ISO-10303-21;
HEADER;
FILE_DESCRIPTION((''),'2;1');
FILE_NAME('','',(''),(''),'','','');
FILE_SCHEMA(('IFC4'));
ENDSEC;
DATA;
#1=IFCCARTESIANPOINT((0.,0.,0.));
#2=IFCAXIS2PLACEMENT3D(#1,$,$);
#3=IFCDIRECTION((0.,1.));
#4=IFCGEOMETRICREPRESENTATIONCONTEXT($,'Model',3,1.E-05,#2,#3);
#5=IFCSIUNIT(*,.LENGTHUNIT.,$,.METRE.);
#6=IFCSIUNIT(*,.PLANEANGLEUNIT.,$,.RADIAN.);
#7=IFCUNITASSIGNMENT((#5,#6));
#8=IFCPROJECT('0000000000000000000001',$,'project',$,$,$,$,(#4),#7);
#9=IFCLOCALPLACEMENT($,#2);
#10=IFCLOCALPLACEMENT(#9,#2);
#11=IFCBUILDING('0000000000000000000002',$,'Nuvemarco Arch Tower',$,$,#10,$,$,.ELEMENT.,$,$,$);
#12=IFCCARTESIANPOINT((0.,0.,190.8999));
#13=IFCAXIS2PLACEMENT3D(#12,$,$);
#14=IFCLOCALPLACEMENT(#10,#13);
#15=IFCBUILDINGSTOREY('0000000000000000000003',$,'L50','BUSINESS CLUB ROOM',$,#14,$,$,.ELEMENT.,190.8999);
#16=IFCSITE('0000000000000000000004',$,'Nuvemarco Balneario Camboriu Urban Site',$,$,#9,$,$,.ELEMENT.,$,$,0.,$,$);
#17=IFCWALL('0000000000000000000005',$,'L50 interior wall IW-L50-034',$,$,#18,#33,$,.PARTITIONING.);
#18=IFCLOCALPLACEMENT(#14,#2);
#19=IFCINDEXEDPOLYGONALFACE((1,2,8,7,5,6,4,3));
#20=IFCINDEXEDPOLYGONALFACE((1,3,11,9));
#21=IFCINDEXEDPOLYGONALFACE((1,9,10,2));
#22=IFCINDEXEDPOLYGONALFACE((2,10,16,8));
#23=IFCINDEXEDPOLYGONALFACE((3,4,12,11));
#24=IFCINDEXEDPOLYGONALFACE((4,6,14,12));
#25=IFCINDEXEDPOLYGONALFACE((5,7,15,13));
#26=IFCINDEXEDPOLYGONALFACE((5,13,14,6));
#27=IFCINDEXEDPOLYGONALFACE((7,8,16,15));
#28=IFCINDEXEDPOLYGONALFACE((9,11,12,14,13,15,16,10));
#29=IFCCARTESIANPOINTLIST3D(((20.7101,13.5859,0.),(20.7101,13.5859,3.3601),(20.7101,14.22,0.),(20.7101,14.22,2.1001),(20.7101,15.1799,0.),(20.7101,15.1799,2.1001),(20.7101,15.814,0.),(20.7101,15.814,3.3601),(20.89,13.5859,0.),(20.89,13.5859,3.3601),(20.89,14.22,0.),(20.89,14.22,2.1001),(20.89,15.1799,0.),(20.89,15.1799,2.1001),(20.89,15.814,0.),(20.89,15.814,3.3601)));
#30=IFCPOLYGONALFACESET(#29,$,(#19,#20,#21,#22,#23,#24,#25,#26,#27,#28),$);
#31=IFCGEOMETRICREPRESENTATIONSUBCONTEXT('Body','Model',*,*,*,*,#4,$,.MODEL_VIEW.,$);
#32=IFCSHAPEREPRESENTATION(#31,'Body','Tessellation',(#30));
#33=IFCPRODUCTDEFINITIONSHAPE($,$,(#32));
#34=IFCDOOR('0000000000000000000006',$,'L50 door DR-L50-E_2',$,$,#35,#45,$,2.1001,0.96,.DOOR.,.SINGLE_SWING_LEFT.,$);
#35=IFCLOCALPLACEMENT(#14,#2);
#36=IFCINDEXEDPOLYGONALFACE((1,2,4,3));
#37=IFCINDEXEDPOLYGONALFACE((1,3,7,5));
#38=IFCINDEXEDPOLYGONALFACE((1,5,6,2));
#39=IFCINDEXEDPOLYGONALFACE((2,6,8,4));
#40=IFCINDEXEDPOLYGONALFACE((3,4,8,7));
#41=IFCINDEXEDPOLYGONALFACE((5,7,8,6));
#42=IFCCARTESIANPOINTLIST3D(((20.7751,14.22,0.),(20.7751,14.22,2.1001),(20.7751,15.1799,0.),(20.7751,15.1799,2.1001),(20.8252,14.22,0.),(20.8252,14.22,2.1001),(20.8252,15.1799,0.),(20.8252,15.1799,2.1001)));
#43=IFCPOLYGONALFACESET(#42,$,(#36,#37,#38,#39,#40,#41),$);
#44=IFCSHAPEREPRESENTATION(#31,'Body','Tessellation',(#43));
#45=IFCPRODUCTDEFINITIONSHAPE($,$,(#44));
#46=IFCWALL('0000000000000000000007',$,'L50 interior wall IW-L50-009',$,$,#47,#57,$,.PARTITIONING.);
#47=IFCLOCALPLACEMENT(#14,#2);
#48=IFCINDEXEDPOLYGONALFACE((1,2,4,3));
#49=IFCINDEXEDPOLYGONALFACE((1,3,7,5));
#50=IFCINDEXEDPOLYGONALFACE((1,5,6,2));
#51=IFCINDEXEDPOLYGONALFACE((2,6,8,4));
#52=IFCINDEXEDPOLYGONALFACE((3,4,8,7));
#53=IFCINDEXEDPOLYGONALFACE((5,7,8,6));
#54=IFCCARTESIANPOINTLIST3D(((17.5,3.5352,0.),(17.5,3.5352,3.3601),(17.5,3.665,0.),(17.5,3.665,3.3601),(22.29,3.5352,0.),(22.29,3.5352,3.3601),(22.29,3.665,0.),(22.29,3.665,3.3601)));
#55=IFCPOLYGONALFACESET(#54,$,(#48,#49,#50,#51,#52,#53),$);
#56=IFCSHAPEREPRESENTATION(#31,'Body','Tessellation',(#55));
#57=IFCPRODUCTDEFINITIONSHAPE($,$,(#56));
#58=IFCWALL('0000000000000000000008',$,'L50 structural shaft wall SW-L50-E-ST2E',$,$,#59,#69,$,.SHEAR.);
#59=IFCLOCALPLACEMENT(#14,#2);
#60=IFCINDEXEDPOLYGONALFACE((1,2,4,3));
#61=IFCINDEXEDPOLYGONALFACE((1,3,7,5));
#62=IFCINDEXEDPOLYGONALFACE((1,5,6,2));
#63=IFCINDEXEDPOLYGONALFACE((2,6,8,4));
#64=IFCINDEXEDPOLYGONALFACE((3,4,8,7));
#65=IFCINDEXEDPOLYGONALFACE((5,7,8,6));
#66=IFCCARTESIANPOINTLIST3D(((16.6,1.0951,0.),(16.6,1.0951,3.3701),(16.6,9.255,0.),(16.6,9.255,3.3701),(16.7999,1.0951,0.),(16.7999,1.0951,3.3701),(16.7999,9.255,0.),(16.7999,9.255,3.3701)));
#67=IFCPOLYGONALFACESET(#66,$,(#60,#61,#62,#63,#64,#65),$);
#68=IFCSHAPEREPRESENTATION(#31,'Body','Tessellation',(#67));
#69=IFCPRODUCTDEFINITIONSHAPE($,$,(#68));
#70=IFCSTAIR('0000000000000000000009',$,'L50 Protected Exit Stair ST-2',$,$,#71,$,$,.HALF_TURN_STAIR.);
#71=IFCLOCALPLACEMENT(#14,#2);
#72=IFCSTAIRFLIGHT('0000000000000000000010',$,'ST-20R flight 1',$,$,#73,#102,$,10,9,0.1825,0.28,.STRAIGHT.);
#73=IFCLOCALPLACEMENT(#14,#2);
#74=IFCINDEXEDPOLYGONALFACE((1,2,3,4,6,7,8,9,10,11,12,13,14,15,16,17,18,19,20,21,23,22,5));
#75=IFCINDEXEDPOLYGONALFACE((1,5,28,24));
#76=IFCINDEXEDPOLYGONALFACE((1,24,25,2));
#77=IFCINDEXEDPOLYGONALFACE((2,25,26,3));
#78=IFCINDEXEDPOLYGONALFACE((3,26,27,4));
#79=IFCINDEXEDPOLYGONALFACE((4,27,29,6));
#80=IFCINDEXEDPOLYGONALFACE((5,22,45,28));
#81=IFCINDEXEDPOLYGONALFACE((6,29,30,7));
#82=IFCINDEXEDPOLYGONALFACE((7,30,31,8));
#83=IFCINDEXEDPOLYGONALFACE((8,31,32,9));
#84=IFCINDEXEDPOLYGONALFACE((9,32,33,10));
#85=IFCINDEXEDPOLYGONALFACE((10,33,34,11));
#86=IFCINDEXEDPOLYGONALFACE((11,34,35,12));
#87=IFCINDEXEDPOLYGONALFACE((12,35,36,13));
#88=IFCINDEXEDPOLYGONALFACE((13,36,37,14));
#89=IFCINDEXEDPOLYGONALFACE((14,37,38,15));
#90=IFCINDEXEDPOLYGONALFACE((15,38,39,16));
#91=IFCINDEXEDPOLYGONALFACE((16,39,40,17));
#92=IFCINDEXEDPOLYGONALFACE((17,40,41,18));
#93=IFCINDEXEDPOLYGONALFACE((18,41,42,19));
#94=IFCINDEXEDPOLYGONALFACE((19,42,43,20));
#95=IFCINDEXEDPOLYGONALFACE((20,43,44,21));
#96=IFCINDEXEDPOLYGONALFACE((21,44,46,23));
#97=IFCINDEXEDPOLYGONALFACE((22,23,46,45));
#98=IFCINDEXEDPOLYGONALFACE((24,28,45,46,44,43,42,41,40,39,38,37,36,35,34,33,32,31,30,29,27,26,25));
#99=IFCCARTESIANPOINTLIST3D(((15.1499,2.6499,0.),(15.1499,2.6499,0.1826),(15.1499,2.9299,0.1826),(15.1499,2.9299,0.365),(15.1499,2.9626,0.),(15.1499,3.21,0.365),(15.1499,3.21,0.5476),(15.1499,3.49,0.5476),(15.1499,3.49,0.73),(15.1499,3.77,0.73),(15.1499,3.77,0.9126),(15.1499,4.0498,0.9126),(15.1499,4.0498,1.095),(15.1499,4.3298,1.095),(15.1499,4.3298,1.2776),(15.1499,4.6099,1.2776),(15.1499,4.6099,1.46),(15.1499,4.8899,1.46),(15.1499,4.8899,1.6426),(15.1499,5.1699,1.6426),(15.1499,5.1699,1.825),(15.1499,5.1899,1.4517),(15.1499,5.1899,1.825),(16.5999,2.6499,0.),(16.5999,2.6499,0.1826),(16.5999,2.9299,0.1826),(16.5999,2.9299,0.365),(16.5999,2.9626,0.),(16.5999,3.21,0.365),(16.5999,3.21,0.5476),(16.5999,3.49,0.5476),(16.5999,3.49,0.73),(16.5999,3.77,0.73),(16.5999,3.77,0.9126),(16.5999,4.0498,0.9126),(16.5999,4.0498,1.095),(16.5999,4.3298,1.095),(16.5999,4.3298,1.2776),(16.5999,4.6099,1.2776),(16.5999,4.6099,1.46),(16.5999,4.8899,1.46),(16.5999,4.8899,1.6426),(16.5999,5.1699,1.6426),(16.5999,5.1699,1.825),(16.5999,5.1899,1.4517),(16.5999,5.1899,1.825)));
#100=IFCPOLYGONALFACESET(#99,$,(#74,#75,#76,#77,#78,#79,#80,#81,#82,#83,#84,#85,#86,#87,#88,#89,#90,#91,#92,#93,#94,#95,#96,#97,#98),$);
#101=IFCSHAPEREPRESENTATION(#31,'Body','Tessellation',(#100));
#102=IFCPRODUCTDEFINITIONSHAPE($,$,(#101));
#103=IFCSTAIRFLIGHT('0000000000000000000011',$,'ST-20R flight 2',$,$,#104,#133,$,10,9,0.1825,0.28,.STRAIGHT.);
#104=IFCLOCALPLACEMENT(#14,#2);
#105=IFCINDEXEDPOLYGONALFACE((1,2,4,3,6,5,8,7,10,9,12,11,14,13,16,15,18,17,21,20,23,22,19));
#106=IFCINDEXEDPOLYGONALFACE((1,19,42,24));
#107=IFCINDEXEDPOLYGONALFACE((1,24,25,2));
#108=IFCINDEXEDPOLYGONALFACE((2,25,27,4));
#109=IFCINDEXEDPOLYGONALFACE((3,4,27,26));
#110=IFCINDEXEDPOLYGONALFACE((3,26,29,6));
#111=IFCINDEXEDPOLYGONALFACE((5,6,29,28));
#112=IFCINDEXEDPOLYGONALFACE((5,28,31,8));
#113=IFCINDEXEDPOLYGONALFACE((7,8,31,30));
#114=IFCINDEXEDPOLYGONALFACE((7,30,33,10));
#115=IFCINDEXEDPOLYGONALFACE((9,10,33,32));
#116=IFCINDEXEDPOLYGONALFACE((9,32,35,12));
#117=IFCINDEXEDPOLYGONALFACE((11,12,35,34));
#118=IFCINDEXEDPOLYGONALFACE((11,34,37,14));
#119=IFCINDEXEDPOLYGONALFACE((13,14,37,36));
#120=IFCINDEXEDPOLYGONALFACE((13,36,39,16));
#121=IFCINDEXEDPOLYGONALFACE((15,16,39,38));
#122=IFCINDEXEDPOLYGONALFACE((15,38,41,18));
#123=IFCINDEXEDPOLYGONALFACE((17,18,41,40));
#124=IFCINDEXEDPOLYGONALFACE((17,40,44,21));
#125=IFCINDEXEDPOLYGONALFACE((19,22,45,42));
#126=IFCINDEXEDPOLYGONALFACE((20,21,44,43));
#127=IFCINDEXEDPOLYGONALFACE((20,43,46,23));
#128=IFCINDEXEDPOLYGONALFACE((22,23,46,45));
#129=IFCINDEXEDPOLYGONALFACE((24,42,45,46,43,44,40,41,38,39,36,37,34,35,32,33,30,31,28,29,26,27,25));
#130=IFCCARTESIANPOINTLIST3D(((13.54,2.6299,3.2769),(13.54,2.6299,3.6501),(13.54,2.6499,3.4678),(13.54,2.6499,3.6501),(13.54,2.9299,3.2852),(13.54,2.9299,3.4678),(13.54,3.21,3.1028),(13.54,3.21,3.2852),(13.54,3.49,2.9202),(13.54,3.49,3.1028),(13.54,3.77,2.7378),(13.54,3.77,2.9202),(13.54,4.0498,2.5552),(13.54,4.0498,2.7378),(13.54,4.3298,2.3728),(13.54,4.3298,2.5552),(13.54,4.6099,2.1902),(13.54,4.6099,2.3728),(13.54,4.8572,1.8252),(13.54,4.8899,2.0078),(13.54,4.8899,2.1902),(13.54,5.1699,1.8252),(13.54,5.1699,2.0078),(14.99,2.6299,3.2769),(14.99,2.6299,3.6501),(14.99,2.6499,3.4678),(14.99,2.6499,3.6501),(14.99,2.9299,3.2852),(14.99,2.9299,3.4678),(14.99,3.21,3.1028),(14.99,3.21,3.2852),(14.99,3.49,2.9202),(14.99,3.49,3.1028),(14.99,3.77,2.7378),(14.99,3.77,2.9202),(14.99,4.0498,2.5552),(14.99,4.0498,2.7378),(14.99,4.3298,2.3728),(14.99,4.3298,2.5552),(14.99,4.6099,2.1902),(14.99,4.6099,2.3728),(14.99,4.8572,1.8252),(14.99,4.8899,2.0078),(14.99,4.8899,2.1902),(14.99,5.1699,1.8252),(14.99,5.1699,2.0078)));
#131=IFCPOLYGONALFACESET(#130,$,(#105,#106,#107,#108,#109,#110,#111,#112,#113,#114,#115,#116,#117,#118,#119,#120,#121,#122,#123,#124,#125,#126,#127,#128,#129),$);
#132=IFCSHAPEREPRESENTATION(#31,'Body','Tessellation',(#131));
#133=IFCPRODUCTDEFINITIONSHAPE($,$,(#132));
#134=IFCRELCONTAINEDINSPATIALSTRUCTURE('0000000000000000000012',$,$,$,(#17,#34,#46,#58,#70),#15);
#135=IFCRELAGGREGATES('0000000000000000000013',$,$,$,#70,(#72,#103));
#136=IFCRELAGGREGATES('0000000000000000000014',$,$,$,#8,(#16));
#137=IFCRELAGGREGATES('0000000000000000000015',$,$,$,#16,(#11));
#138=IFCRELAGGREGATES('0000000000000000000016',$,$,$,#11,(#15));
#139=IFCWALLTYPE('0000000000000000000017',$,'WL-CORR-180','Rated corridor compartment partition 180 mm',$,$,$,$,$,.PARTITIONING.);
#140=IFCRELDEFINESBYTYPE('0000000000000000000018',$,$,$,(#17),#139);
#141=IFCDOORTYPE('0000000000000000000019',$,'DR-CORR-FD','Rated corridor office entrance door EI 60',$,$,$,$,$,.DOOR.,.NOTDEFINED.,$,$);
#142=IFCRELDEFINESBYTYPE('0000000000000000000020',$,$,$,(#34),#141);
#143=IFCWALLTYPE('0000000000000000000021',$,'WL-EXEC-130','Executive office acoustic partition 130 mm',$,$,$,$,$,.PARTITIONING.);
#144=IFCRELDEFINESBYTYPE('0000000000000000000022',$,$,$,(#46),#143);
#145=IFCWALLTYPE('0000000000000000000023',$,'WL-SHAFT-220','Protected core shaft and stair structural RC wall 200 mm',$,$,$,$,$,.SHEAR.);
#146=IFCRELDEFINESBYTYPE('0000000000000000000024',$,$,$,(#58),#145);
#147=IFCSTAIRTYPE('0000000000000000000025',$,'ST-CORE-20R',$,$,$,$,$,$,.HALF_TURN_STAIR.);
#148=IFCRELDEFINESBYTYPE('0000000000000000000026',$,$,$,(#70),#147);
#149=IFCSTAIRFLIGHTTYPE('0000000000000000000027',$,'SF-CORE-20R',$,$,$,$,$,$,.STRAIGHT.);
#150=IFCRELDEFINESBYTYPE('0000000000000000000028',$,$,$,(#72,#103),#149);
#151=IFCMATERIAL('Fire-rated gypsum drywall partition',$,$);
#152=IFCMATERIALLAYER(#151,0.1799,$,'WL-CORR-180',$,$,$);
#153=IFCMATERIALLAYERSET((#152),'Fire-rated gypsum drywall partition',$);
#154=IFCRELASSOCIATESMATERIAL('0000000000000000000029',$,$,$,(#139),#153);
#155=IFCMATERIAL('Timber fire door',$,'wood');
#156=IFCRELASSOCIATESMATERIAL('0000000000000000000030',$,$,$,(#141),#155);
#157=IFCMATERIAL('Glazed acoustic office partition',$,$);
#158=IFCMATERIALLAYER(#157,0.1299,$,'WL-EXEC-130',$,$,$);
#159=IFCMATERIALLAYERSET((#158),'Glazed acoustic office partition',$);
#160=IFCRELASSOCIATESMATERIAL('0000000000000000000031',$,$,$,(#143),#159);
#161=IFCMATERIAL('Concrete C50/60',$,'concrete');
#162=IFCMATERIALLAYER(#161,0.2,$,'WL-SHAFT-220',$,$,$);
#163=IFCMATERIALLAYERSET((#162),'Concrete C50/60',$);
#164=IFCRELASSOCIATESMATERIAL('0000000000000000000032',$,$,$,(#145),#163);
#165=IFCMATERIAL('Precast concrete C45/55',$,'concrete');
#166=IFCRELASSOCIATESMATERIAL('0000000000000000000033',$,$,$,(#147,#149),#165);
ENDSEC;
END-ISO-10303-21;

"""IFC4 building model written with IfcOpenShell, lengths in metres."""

from ifc_helpers import new_model, si_unit, direction, frame, frame_2d, origin, place, context, subcontext, project, spatial, polyline, rectangle, outline, extrude, source, transform, mapped, material, layer, layer_set, type_object, type_shapes, element, fill, aggregate, save


model = new_model("IFC4")

# Units and contexts
model_context = context("Model", 3, precision=1e-05, world=origin(), true_north=direction((0.0, 1.0)))
body_context = subcontext(model_context, "Body", "Model", "MODEL_VIEW")
ifc_project = project(units=[si_unit("LENGTHUNIT", "METRE"), si_unit("PLANEANGLEUNIT", "RADIAN")], contexts=[model_context])

# Site, building, storey
site_placement = place(None, origin())
site = spatial("IfcSite", under=ifc_project, at=site_placement, Name="Nuvemarco Balneario Camboriu Urban Site", CompositionType="ELEMENT", RefElevation=0.0)
building_placement = place(site_placement, origin())
building = spatial("IfcBuilding", under=site, at=building_placement, Name="Nuvemarco Arch Tower", CompositionType="ELEMENT")
storey_placement = place(building_placement, frame((0.0, 0.0, 190.8999)))
storey = spatial("IfcBuildingStorey", under=building, at=storey_placement, Name="L50", Description="BUSINESS CLUB ROOM", CompositionType="ELEMENT", Elevation=190.8999)

# Shared definitions
ifc_material_1 = material(Name="Concrete C50/60", Category="concrete")

# Shared definitions
ifc_material_2 = material(Name="Precast concrete C45/55", Category="concrete")

# Shared definitions
ifc_material_3 = material(Name="Fire-rated gypsum drywall partition")
ifc_layer_1 = layer(ifc_material_3, 0.1799, Name="WL-CORR-180")
ifc_layer_set_1 = layer_set([ifc_layer_1], Name="Fire-rated gypsum drywall partition")
wall_type_1 = type_object("IfcWallType", Name="WL-CORR-180", Description="Rated corridor compartment partition 180 mm", PredefinedType="PARTITIONING", material=ifc_layer_set_1)

# Wall, opening, door
wall_1_placement = place(storey_placement, frame((20.8, 13.5859, 0.0), z_axis=(0.0, 0.0, 1.0), x_axis=(0.0, 1.0, 0.0)))
wall_1 = element("IfcWall", 1, at=wall_1_placement, inside=storey, type_object=wall_type_1, Name="L50 interior wall IW-L50-034", PredefinedType="PARTITIONING", context=body_context, shape_type="SweptSolid", body=[
    extrude(rectangle(XDim=2.228, YDim=0.1799, at=frame_2d((1.114, 0.0))), origin(), (0.0, 0.0, 1.0), 3.3601),
])
opening_placement = place(wall_1_placement, frame((0.634, 0.0, 0.0)))
opening = element("IfcOpeningElement", 2, at=opening_placement, cuts=wall_1, PredefinedType="OPENING", context=body_context, shape_type="SweptSolid", body=[
    extrude(rectangle(XDim=0.96, YDim=2.1001, at=frame_2d((0.48, 1.05))), frame((0.0, 0.0999, 0.0), z_axis=(0.0, -1.0, 0.0), x_axis=(1.0, 0.0, 0.0)), (0.0, 0.0, 1.0), 0.2),
])
ifc_material_4 = material(Name="Timber fire door", Category="wood")
door_type = type_object("IfcDoorType", Name="DR-CORR-FD", Description="Rated corridor office entrance door EI 60", OperationType="NOTDEFINED", PredefinedType="DOOR", material=ifc_material_4)
shared_shape_1 = source(origin(), body_context, "Body", "SweptSolid", [
    extrude(rectangle(XDim=0.96, YDim=2.1001, at=frame_2d((0.48, 1.05))), frame((0.0, 0.0249, 0.0), z_axis=(0.0, -1.0, 0.0), x_axis=(1.0, 0.0, 0.0)), (0.0, 0.0, 1.0), 0.05),
])
type_shapes(door_type, [shared_shape_1])
door_placement = place(opening_placement, origin())
door = element("IfcDoor", 3, at=door_placement, inside=storey, type_object=door_type, Name="L50 door DR-L50-E_2", OperationType="SINGLE_SWING_LEFT", OverallHeight=2.1001, OverallWidth=0.96, PredefinedType="DOOR", context=body_context, shape_type="MappedRepresentation", body=[
    mapped(shared_shape_1, transform((0.0, 0.0, 0.0), scale=1.0)),
])
fill(opening, door)

# Walls
ifc_material_5 = material(Name="Glazed acoustic office partition")
ifc_layer_2 = layer(ifc_material_5, 0.1299, Name="WL-EXEC-130")
ifc_layer_set_2 = layer_set([ifc_layer_2], Name="Glazed acoustic office partition")
wall_type_2 = type_object("IfcWallType", Name="WL-EXEC-130", Description="Executive office acoustic partition 130 mm", PredefinedType="PARTITIONING", material=ifc_layer_set_2)
wall_2_placement = place(storey_placement, frame((17.5, 3.6001, 0.0), z_axis=(0.0, 0.0, 1.0), x_axis=(1.0, 0.0, 0.0)))
element("IfcWall", 4, at=wall_2_placement, inside=storey, type_object=wall_type_2, Name="L50 interior wall IW-L50-009", PredefinedType="PARTITIONING", context=body_context, shape_type="SweptSolid", body=[
    extrude(rectangle(XDim=4.79, YDim=0.1299, at=frame_2d((2.395, 0.0))), origin(), (0.0, 0.0, 1.0), 3.3601),
])
ifc_layer_3 = layer(ifc_material_1, 0.2, Name="WL-SHAFT-220")
ifc_layer_set_3 = layer_set([ifc_layer_3], Name="Concrete C50/60")
wall_type_3 = type_object("IfcWallType", Name="WL-SHAFT-220", Description="Protected core shaft and stair structural RC wall 200 mm", PredefinedType="SHEAR", material=ifc_layer_set_3)
wall_3_placement = place(storey_placement, frame((16.7, 1.095, 0.0), z_axis=(0.0, 0.0, 1.0), x_axis=(0.0, 1.0, 0.0)))
element("IfcWall", 5, at=wall_3_placement, inside=storey, type_object=wall_type_3, Name="L50 structural shaft wall SW-L50-E-ST2E", PredefinedType="SHEAR", context=body_context, shape_type="SweptSolid", body=[
    extrude(rectangle(XDim=8.1599, YDim=0.2, at=frame_2d((4.0801, 0.0))), origin(), (0.0, 0.0, 1.0), 3.3701),
])

# Stair, stair flights
stair_type = type_object("IfcStairType", Name="ST-CORE-20R", PredefinedType="HALF_TURN_STAIR", material=ifc_material_2)
stair_placement = place(storey_placement, origin())
stair = element("IfcStair", 6, at=stair_placement, inside=storey, type_object=stair_type, Name="L50 Protected Exit Stair ST-2", PredefinedType="HALF_TURN_STAIR")
stair_flight_type = type_object("IfcStairFlightType", Name="SF-CORE-20R", PredefinedType="STRAIGHT", material=ifc_material_2)
stair_flight_1_placement = place(storey_placement, frame((15.875, 2.6499, 0.0), z_axis=(0.0, 0.0, 1.0), x_axis=(0.0, 1.0, 0.0)))
stair_flight_1 = element("IfcStairFlight", 7, at=stair_flight_1_placement, type_object=stair_flight_type, Name="ST-20R flight 1", NumberOfRisers=10, NumberOfTreads=9, PredefinedType="STRAIGHT", RiserHeight=0.1825, TreadLength=0.28, context=body_context, shape_type="SweptSolid", body=[
    extrude(outline(polyline([(0.0, 0.0), (0.0, 0.1826), (0.28, 0.1826), (0.28, 0.365), (0.5601, 0.365), (0.5601, 0.5476), (0.8401, 0.5476), (0.8401, 0.73), (1.1201, 0.73), (1.1201, 0.9126), (1.3999, 0.9126), (1.3999, 1.095), (1.6799, 1.095), (1.6799, 1.2776), (1.96, 1.2776), (1.96, 1.46), (2.24, 1.46), (2.24, 1.6426), (2.52, 1.6426), (2.52, 1.825), (2.54, 1.825), (2.54, 1.4517), (0.3127, 0.0), (0.0, 0.0)])), frame((0.0, 0.7251, 0.0), z_axis=(0.0, -1.0, 0.0), x_axis=(1.0, 0.0, 0.0)), (0.0, 0.0, 1.0), 1.45),
])
stair_flight_2_placement = place(storey_placement, frame((14.2649, 5.1699, 1.8252), z_axis=(0.0, 0.0, 1.0), x_axis=(0.0, -1.0, 0.0)))
stair_flight_2 = element("IfcStairFlight", 8, at=stair_flight_2_placement, type_object=stair_flight_type, Name="ST-20R flight 2", NumberOfRisers=10, NumberOfTreads=9, PredefinedType="STRAIGHT", RiserHeight=0.1825, TreadLength=0.28, context=body_context, shape_type="SweptSolid", body=[
    extrude(outline(polyline([(0.0, 0.0), (0.0, 0.1826), (0.28, 0.1826), (0.28, 0.365), (0.5601, 0.365), (0.5601, 0.5476), (0.8401, 0.5476), (0.8401, 0.73), (1.1201, 0.73), (1.1201, 0.9126), (1.3999, 0.9126), (1.3999, 1.095), (1.6799, 1.095), (1.6799, 1.2776), (1.96, 1.2776), (1.96, 1.46), (2.24, 1.46), (2.24, 1.6426), (2.52, 1.6426), (2.52, 1.825), (2.54, 1.825), (2.54, 1.4517), (0.3127, 0.0), (0.0, 0.0)])), frame((0.0, 0.7251, 0.0), z_axis=(0.0, -1.0, 0.0), x_axis=(1.0, 0.0, 0.0)), (0.0, 0.0, 1.0), 1.45),
])
aggregate(stair, [stair_flight_1, stair_flight_2])

save(model, "model.ifc")
